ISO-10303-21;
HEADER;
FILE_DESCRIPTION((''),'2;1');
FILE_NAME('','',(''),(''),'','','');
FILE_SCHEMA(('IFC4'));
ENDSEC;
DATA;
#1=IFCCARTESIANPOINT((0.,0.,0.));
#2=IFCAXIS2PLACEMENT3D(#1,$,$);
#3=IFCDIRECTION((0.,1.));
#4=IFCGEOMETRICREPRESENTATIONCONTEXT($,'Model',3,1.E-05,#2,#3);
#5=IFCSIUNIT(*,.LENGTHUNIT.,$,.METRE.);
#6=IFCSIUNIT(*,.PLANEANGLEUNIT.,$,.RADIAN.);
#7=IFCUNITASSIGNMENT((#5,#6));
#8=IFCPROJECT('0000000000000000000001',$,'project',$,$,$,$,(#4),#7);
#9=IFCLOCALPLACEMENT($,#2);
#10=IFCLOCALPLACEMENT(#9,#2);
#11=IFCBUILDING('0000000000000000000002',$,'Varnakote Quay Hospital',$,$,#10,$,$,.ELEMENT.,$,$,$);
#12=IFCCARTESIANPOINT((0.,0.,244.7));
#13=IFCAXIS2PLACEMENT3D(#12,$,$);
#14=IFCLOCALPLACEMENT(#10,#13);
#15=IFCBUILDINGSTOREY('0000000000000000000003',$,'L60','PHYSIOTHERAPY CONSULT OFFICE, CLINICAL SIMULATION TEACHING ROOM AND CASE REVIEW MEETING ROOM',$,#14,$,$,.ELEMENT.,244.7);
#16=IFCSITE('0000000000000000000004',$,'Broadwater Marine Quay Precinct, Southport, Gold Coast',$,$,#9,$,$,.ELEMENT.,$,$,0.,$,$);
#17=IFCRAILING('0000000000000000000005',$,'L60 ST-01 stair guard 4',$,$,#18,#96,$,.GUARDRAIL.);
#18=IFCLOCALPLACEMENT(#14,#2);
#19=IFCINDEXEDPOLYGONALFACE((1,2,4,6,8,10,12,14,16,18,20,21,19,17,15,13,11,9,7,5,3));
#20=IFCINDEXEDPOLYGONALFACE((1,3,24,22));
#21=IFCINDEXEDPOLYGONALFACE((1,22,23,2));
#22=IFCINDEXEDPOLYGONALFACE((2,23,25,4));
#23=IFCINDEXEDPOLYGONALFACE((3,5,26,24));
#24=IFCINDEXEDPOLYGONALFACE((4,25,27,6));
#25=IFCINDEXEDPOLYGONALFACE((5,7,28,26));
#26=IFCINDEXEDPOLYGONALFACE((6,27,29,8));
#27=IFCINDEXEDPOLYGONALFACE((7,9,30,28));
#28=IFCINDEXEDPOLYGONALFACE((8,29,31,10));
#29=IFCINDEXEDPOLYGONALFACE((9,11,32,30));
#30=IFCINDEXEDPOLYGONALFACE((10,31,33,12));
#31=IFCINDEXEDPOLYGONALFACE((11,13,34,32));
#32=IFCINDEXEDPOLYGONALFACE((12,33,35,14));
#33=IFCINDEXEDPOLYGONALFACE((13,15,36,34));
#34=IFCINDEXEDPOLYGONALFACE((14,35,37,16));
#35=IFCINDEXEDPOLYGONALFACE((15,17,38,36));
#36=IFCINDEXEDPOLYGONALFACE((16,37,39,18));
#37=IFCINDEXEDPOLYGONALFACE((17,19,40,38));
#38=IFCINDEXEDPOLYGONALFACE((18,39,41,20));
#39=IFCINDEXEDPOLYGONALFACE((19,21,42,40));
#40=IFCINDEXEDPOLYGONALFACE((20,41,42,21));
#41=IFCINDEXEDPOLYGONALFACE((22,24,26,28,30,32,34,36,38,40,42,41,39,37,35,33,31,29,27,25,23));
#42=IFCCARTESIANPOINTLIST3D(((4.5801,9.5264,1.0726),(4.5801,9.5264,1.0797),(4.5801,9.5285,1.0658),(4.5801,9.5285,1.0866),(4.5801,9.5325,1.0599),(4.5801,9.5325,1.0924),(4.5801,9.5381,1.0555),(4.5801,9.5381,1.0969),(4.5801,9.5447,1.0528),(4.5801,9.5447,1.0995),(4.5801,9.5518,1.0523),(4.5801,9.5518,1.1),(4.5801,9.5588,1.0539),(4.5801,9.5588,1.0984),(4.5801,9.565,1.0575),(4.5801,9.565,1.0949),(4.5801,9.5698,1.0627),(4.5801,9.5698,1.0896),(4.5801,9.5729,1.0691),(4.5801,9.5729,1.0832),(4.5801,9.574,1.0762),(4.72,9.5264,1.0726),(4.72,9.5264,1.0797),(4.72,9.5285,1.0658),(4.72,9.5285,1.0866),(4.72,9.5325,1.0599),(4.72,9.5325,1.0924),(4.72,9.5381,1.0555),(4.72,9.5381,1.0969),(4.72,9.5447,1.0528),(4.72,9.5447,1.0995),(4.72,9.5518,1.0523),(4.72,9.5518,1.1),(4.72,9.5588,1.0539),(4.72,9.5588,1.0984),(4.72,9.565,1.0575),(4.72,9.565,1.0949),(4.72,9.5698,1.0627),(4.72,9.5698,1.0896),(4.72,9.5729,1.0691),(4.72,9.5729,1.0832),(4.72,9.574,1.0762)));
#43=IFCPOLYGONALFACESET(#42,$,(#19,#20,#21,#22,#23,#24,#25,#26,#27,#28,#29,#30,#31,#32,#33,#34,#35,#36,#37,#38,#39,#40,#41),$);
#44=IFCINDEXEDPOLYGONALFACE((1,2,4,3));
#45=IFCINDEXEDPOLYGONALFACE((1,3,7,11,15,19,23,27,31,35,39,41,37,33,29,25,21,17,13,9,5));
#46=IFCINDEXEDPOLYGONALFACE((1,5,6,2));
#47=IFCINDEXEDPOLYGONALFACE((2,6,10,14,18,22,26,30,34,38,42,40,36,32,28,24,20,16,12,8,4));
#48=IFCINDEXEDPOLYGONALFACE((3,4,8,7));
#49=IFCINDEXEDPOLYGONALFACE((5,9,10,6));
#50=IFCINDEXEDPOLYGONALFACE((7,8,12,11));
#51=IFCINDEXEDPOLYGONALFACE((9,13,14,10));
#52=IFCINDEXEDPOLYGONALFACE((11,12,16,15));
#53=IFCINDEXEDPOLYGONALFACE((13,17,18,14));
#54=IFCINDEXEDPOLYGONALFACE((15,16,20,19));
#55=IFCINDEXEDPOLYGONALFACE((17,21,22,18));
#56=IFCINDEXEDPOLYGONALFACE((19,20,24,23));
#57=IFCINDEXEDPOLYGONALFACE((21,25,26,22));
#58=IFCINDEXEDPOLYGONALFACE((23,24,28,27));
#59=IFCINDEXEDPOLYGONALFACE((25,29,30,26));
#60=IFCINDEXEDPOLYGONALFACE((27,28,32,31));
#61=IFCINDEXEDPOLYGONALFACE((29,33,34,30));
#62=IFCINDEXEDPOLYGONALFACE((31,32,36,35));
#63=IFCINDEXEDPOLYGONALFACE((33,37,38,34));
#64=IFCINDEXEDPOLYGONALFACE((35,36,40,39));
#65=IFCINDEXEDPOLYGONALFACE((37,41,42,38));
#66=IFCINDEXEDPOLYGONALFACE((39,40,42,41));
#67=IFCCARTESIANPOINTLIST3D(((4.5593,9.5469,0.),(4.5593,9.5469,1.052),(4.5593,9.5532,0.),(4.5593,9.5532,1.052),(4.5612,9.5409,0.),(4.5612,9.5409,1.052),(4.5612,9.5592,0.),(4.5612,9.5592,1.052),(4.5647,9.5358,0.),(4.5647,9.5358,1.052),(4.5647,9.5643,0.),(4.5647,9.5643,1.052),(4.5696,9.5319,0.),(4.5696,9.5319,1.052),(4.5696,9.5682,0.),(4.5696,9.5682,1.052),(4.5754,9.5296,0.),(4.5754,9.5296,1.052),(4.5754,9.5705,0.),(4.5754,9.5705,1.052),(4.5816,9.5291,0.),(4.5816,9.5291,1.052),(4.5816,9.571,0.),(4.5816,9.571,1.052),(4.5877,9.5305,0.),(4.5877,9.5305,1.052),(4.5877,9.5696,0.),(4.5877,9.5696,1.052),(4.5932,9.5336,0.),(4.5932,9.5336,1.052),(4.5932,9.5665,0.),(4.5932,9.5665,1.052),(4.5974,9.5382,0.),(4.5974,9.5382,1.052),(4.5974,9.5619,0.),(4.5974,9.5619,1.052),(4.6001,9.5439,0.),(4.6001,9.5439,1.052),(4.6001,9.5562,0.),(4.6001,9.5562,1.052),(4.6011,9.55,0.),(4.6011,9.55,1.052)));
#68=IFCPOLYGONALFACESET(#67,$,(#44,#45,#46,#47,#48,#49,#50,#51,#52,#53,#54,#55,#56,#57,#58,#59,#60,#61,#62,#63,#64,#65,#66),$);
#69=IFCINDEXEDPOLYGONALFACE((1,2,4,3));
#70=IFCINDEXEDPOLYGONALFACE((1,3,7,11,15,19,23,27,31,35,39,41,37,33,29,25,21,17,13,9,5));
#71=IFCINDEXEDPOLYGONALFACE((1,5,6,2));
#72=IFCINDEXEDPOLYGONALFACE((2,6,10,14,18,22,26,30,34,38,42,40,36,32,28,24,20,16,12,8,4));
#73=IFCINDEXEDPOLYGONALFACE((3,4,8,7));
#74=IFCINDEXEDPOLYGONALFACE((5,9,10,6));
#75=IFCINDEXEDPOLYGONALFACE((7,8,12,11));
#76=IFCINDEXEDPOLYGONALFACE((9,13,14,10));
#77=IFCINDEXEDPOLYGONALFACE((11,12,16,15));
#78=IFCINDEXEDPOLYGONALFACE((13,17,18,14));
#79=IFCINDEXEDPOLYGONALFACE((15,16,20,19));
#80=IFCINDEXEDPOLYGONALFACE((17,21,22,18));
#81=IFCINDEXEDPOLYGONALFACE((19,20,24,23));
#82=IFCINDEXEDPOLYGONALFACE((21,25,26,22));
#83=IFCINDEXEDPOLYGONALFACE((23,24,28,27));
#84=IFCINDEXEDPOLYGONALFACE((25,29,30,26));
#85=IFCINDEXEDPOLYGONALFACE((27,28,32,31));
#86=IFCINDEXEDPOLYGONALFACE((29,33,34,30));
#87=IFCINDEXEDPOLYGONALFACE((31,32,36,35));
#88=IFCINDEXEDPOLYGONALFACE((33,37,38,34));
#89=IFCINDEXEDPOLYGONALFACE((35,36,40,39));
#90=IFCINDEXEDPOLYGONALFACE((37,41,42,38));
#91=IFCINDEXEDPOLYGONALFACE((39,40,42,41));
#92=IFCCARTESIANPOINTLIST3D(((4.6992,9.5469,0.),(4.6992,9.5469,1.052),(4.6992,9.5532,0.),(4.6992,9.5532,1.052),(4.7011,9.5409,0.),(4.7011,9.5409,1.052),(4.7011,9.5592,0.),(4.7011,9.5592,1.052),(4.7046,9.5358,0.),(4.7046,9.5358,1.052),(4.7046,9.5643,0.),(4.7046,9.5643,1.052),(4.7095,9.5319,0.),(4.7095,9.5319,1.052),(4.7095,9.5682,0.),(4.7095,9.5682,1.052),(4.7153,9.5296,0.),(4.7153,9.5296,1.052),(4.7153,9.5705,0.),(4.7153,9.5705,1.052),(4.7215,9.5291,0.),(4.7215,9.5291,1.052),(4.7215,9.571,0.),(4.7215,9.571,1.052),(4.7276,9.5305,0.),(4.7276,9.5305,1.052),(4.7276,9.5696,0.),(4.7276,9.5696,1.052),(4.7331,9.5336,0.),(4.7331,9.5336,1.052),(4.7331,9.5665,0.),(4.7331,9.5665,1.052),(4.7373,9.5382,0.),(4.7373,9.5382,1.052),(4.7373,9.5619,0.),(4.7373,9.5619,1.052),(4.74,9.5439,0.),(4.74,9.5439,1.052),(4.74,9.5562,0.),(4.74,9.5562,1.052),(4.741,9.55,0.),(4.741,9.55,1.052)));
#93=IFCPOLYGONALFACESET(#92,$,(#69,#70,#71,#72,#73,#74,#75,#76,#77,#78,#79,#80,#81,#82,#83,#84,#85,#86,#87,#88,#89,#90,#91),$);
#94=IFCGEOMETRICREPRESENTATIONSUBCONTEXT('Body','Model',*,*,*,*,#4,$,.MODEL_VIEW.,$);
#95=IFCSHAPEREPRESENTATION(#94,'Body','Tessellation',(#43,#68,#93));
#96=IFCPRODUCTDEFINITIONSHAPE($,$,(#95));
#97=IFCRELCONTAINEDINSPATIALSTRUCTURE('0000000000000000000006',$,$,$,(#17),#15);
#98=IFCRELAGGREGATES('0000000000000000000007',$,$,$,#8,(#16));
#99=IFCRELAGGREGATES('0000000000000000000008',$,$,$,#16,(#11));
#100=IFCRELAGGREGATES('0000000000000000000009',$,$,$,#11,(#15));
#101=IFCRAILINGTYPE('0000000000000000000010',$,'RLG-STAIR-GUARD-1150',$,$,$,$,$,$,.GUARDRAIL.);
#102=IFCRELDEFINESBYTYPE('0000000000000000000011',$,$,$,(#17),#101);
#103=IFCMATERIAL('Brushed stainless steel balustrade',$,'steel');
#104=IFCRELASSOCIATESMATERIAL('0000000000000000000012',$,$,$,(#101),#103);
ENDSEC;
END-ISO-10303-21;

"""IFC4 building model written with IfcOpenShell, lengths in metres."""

from ifc_helpers import new_model, si_unit, direction, frame, origin, origin_2d, place, context, subcontext, project, spatial, circle, extrude, material, type_object, element, save


model = new_model("IFC4")

# Units and contexts
model_context = context("Model", 3, precision=1e-05, world=origin(), true_north=direction((0.0, 1.0)))
body_context = subcontext(model_context, "Body", "Model", "MODEL_VIEW")
ifc_project = project(units=[si_unit("LENGTHUNIT", "METRE"), si_unit("PLANEANGLEUNIT", "RADIAN")], contexts=[model_context])

# Site, building, storey
site_placement = place(None, origin())
site = spatial("IfcSite", under=ifc_project, at=site_placement, Name="Broadwater Marine Quay Precinct, Southport, Gold Coast", CompositionType="ELEMENT", RefElevation=0.0)
building_placement = place(site_placement, origin())
building = spatial("IfcBuilding", under=site, at=building_placement, Name="Varnakote Quay Hospital", CompositionType="ELEMENT")
storey_placement = place(building_placement, frame((0.0, 0.0, 244.7)))
storey = spatial("IfcBuildingStorey", under=building, at=storey_placement, Name="L60", Description="PHYSIOTHERAPY CONSULT OFFICE, CLINICAL SIMULATION TEACHING ROOM AND CASE REVIEW MEETING ROOM", CompositionType="ELEMENT", Elevation=244.7)

# Railing
ifc_material_1 = material(Name="Brushed stainless steel balustrade", Category="steel")
railing_type_1 = type_object("IfcRailingType", Name="RLG-STAIR-GUARD-1150", PredefinedType="GUARDRAIL", material=ifc_material_1)
railing_1_placement = place(storey_placement, frame((4.5801, 9.55, 0.0)))
element("IfcRailing", 1, at=railing_1_placement, inside=storey, type_object=railing_type_1, Name="L60 ST-01 stair guard 4", PredefinedType="GUARDRAIL", context=body_context, shape_type="SweptSolid", body=[
    extrude(circle(Radius=0.0239, at=origin_2d()), frame((0.0, 0.0, 1.0762), z_axis=(1.0, 0.0, 0.0), x_axis=(0.0, 1.0, 0.0)), (0.0, 0.0, 1.0), 0.1399),
    extrude(circle(Radius=0.021, at=origin_2d()), origin(), (0.0, 0.0, 1.0), 1.052),
    extrude(circle(Radius=0.021, at=origin_2d()), frame((0.1399, 0.0, 0.0)), (0.0, 0.0, 1.0), 1.052),
])

save(model, "model.ifc")
